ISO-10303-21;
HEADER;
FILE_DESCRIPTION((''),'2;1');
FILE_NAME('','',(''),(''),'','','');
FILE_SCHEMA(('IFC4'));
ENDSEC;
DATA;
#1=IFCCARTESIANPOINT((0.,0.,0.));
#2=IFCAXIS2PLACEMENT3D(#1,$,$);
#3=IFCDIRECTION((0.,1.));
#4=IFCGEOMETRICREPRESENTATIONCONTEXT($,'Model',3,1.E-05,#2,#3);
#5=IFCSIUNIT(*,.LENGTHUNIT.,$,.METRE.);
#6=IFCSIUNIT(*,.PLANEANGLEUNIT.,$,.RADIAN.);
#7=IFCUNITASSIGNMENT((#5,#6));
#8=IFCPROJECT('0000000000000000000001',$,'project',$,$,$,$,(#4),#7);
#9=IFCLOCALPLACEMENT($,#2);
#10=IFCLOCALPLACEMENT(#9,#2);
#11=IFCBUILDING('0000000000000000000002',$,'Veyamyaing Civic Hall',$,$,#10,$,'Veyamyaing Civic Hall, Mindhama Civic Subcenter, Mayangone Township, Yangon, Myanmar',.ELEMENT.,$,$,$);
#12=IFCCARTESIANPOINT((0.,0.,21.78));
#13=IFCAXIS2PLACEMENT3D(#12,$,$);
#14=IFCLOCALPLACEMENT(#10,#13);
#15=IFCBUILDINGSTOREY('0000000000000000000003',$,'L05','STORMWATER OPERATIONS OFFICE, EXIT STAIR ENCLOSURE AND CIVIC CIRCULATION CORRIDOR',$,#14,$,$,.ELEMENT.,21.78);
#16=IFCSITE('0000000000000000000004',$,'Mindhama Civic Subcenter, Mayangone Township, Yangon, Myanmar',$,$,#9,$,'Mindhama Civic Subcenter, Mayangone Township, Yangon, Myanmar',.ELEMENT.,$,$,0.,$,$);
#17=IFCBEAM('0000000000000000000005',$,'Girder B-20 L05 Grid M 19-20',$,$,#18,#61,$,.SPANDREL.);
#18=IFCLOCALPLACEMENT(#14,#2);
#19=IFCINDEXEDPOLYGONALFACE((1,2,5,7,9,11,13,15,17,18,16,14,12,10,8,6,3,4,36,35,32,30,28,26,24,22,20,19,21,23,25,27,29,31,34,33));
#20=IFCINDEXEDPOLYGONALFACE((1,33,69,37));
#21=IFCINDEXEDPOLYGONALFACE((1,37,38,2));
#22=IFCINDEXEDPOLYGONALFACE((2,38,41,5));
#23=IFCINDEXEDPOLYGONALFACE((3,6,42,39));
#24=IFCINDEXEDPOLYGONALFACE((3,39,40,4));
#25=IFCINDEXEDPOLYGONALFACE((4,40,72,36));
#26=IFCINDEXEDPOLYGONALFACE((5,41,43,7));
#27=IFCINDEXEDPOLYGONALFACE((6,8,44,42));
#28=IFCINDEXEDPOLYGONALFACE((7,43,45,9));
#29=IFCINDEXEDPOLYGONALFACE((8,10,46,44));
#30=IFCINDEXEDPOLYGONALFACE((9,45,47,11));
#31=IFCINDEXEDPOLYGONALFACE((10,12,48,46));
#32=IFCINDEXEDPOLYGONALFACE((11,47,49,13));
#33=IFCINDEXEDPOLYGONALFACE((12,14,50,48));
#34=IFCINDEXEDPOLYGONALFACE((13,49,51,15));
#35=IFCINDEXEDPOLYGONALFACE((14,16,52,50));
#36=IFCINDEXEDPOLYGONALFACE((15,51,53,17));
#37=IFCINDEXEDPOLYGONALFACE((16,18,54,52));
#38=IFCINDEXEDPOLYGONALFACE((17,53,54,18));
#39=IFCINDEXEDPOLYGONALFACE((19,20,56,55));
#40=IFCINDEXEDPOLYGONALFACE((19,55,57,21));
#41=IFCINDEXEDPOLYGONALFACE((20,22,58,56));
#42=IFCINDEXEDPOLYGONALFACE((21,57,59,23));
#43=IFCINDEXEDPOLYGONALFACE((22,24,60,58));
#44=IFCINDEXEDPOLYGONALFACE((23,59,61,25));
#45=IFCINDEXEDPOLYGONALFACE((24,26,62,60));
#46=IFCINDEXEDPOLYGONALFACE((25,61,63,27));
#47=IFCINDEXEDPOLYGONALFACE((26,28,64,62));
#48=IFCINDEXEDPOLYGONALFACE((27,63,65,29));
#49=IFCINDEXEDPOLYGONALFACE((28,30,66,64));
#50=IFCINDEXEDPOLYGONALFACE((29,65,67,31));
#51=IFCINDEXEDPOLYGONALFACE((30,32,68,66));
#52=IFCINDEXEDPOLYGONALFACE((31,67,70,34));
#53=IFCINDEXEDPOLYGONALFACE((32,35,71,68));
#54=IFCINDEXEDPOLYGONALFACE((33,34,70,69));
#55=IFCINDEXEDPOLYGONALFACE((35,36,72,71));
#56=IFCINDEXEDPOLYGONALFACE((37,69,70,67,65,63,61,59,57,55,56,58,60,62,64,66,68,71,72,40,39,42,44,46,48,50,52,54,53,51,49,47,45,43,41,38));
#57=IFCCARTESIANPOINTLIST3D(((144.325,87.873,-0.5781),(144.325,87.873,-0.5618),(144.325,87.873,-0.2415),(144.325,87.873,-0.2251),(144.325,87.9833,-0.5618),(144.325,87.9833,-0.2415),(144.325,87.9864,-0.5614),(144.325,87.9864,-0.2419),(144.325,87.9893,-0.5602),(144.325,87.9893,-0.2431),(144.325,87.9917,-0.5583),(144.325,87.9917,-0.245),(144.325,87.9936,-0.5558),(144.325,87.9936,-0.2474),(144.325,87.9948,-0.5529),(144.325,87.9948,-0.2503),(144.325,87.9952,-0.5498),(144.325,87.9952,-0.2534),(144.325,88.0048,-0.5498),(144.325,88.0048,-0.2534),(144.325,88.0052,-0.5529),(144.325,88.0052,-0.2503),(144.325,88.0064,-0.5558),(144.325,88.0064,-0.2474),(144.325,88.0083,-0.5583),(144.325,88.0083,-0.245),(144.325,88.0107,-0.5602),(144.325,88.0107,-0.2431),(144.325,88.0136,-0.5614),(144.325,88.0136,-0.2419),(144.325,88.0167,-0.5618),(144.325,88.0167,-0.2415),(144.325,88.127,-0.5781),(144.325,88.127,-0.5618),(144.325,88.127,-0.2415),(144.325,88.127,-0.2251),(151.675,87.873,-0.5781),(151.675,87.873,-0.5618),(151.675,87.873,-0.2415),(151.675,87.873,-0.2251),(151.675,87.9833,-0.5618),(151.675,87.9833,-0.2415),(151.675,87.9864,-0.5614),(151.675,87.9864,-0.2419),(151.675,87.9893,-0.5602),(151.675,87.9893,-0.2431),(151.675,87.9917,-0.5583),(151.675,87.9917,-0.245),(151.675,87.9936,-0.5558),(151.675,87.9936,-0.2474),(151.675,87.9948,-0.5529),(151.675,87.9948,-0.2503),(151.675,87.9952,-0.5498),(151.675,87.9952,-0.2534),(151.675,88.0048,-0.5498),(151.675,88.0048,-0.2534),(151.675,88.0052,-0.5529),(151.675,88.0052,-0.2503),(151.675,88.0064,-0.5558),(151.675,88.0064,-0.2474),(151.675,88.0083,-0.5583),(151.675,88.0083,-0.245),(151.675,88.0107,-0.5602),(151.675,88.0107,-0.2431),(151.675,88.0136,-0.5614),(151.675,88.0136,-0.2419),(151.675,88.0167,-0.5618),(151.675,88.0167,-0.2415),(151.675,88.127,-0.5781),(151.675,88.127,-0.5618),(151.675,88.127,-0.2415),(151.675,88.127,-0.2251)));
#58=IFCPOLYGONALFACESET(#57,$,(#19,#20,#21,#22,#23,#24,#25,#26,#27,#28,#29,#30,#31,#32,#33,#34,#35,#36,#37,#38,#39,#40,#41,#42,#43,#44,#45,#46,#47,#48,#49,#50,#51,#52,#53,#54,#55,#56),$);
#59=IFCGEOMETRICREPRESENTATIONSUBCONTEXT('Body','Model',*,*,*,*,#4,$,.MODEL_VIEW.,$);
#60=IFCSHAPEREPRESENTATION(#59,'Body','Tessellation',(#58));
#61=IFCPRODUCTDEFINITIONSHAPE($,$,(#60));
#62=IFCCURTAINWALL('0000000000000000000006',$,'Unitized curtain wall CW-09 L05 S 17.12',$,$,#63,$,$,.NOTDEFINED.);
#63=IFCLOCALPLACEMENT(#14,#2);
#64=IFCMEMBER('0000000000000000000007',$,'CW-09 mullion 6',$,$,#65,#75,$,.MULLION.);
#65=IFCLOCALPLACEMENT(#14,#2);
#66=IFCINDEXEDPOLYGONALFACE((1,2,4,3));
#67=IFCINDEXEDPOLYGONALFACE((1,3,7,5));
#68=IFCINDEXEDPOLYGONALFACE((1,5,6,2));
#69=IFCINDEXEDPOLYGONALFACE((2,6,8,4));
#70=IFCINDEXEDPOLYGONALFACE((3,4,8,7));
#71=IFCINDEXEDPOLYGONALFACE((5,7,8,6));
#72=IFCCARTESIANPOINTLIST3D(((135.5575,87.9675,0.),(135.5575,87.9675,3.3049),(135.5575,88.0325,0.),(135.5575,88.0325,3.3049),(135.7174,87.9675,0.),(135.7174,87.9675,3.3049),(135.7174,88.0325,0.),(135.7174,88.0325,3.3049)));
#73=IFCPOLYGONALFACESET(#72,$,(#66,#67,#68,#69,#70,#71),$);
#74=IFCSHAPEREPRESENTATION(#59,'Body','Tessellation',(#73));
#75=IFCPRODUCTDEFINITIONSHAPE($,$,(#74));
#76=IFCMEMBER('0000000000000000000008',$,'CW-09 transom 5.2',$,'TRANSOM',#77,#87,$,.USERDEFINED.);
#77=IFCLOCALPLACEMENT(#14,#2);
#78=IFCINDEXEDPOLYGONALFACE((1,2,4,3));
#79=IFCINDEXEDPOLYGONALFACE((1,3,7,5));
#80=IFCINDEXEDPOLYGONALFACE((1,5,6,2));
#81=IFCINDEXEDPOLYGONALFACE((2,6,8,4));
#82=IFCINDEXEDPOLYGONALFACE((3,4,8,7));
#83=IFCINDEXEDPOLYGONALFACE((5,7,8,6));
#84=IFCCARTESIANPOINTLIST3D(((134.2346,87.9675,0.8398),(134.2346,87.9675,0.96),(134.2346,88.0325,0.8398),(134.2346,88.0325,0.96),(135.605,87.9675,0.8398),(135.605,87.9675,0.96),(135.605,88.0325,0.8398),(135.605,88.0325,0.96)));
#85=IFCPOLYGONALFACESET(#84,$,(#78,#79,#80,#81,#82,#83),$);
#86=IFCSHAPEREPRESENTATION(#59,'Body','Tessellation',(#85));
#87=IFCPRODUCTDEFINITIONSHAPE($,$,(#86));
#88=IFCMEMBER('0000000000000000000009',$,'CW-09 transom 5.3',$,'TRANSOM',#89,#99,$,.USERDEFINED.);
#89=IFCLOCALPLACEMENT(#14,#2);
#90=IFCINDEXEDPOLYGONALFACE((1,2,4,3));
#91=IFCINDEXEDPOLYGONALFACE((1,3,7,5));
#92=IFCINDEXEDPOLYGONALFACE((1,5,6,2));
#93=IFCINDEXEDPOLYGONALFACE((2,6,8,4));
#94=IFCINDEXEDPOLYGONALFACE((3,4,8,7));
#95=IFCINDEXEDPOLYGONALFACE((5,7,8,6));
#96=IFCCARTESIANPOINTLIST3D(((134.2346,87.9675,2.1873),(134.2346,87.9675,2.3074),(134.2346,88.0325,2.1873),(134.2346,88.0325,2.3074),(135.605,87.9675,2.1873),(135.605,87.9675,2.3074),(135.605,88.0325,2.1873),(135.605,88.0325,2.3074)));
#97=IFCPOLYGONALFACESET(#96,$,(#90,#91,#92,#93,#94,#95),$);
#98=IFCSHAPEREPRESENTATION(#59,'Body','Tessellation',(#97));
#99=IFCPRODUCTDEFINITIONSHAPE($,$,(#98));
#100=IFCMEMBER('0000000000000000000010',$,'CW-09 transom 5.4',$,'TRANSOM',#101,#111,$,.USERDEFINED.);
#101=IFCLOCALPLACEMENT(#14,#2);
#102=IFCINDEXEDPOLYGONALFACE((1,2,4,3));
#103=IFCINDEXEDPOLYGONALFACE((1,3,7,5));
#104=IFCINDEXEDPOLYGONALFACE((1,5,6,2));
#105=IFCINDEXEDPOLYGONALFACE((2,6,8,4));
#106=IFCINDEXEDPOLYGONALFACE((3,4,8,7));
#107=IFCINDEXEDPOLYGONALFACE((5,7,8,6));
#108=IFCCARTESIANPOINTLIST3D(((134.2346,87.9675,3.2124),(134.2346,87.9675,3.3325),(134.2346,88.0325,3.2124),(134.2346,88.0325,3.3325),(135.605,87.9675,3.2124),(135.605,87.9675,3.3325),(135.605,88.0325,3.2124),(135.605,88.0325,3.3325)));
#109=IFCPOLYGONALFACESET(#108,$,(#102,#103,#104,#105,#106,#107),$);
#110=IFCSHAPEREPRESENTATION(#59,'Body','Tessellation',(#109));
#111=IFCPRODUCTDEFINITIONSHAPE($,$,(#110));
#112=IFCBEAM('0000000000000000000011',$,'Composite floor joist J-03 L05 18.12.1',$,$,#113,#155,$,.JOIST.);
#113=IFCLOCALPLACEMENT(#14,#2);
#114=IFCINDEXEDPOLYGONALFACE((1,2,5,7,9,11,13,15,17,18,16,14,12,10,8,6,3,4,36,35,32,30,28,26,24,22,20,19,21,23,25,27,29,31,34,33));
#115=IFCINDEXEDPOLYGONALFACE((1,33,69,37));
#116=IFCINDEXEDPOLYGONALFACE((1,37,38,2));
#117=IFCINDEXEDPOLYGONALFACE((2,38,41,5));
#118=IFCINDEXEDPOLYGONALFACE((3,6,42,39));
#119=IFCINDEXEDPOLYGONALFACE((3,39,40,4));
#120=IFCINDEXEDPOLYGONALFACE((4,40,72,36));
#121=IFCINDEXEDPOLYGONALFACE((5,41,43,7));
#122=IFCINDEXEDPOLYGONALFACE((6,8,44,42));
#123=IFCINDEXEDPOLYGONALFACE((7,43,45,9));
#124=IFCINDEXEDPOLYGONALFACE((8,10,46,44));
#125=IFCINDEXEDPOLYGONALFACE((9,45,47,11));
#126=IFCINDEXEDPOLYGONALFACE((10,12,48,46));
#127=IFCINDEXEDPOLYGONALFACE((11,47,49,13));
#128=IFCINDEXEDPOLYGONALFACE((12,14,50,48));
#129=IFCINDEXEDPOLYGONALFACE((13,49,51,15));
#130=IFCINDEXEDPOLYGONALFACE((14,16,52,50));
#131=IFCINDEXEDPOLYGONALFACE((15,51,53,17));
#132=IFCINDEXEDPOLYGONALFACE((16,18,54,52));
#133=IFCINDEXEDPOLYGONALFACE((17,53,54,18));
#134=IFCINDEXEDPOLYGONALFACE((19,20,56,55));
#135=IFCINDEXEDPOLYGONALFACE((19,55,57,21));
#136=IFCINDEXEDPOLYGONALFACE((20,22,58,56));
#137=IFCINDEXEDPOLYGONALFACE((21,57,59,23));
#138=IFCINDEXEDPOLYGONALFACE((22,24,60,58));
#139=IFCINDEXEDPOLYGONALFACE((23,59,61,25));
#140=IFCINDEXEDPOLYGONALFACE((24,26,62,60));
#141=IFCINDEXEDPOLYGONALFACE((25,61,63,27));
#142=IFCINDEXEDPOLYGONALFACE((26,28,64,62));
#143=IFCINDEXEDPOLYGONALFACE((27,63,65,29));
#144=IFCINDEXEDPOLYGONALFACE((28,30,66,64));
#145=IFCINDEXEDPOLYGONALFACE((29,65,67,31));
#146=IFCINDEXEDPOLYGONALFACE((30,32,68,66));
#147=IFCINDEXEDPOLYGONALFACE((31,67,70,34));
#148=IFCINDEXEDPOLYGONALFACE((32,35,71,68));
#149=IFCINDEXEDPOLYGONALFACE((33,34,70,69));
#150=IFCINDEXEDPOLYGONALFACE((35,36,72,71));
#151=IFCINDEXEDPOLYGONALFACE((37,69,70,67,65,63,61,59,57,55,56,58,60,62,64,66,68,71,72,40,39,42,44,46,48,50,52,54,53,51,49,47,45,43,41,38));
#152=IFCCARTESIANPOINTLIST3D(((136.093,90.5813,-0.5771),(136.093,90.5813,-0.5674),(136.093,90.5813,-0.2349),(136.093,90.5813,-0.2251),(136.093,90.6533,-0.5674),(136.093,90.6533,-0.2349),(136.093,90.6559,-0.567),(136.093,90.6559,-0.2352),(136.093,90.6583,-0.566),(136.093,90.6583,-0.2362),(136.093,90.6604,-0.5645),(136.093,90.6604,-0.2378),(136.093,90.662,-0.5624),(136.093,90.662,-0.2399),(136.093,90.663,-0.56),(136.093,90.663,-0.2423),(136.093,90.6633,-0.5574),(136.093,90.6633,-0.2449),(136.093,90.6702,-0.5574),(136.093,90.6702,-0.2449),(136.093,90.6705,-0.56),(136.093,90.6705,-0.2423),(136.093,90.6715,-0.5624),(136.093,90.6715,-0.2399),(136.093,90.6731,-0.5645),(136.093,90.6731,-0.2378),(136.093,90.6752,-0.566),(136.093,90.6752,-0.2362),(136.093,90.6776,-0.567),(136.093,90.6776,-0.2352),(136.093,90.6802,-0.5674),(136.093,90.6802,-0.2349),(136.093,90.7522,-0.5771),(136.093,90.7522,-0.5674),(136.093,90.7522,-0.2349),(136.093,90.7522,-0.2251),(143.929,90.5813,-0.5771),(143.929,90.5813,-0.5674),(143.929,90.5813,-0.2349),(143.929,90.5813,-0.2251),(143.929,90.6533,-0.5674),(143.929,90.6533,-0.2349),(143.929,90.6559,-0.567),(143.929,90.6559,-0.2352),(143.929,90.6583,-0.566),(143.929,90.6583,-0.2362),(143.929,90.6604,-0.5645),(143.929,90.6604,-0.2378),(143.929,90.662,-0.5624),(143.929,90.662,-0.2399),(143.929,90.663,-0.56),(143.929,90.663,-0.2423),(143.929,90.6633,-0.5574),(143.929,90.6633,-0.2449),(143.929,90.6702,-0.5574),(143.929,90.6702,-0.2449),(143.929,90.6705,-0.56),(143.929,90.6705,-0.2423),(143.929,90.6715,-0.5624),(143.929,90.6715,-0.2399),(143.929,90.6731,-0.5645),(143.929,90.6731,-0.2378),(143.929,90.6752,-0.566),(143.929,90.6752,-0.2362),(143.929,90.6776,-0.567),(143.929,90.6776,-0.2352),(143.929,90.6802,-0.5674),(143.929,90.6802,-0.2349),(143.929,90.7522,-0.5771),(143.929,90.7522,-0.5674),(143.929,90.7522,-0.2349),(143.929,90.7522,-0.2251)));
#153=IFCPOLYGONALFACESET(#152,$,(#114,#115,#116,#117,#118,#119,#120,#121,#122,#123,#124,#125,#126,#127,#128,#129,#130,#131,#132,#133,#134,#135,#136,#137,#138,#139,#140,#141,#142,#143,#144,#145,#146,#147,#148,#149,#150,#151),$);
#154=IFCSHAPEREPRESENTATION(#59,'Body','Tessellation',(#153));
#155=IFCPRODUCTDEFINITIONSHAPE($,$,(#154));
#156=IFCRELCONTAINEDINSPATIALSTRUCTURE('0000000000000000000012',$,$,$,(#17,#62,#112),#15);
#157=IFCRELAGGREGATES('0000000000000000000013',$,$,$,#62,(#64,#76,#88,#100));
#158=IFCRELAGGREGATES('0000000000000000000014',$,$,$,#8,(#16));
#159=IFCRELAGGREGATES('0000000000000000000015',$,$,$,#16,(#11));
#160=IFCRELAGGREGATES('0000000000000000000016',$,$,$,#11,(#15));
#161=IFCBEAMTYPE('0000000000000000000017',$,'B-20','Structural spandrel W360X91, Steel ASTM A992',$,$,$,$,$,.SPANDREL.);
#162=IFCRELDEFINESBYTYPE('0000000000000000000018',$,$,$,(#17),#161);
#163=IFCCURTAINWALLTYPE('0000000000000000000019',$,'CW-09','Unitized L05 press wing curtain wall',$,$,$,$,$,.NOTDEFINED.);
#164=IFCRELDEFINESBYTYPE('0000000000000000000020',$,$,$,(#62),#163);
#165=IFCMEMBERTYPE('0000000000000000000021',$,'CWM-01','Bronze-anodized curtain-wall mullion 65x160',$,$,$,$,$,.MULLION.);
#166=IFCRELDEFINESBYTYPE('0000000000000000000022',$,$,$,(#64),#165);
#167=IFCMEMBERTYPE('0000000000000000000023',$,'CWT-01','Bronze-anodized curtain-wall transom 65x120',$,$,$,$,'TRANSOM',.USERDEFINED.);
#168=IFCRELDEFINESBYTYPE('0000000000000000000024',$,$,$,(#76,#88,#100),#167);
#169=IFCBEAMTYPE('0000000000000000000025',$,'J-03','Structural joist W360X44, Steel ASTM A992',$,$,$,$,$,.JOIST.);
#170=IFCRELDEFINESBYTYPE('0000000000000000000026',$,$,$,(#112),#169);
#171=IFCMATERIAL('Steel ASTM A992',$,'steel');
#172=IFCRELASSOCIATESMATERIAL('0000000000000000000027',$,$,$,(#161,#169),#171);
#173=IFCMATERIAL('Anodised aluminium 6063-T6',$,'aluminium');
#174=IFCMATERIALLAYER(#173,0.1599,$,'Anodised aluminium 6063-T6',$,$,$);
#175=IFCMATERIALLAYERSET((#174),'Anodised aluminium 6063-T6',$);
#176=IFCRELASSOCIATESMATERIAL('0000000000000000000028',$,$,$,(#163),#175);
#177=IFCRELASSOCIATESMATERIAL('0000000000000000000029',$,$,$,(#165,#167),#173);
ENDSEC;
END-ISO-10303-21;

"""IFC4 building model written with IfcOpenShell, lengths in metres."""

from ifc_helpers import new_model, si_unit, direction, frame, origin, origin_2d, place, context, subcontext, project, spatial, rectangle, i_section, extrude, material, layer, layer_set, material_profile, profile_set, type_object, element, aggregate, save


model = new_model("IFC4")

# Units and contexts
model_context = context("Model", 3, precision=1e-05, world=origin(), true_north=direction((0.0, 1.0)))
body_context = subcontext(model_context, "Body", "Model", "MODEL_VIEW")
ifc_project = project(units=[si_unit("LENGTHUNIT", "METRE"), si_unit("PLANEANGLEUNIT", "RADIAN")], contexts=[model_context])

# Site, building, storey
site_placement = place(None, origin())
site = spatial("IfcSite", under=ifc_project, at=site_placement, Name="Mindhama Civic Subcenter, Mayangone Township, Yangon, Myanmar", LongName="Mindhama Civic Subcenter, Mayangone Township, Yangon, Myanmar", CompositionType="ELEMENT", RefElevation=0.0)
building_placement = place(site_placement, origin())
building = spatial("IfcBuilding", under=site, at=building_placement, Name="Veyamyaing Civic Hall", LongName="Veyamyaing Civic Hall, Mindhama Civic Subcenter, Mayangone Township, Yangon, Myanmar", CompositionType="ELEMENT")
storey_placement = place(building_placement, frame((0.0, 0.0, 21.78)))
storey = spatial("IfcBuildingStorey", under=building, at=storey_placement, Name="L05", Description="STORMWATER OPERATIONS OFFICE, EXIT STAIR ENCLOSURE AND CIVIC CIRCULATION CORRIDOR", CompositionType="ELEMENT", Elevation=21.78)

# Beam
ifc_material_1 = material(Name="Steel ASTM A992", Category="steel")
ifc_material_profile_1 = material_profile(ifc_material_1, i_section(OverallWidth=0.2539, OverallDepth=0.353, WebThickness=0.0095, FlangeThickness=0.0164, FilletRadius=0.012, at=origin_2d()), Name="W360X91")
ifc_profile_set_1 = profile_set([ifc_material_profile_1], Name="Steel ASTM A992")
beam_type_1 = type_object("IfcBeamType", Name="B-20", Description="Structural spandrel W360X91, Steel ASTM A992", PredefinedType="SPANDREL", material=ifc_profile_set_1)
beam_1_placement = place(storey_placement, frame((144.325, 88.0, -0.4016), z_axis=(1.0, 0.0, 0.0), x_axis=(0.0, 1.0, 0.0)))
element("IfcBeam", 1, at=beam_1_placement, inside=storey, type_object=beam_type_1, Name="Girder B-20 L05 Grid M 19-20", PredefinedType="SPANDREL", context=body_context, shape_type="SweptSolid", body=[
    extrude(i_section(OverallWidth=0.2539, OverallDepth=0.353, WebThickness=0.0095, FlangeThickness=0.0164, FilletRadius=0.012, at=origin_2d()), origin(), (0.0, 0.0, 1.0), 7.3501),
])

# Curtain wall, members
ifc_material_2 = material(Name="Anodised aluminium 6063-T6", Category="aluminium")
ifc_layer_1 = layer(ifc_material_2, 0.1599, Name="Anodised aluminium 6063-T6")
ifc_layer_set_1 = layer_set([ifc_layer_1], Name="Anodised aluminium 6063-T6")
curtain_wall_type = type_object("IfcCurtainWallType", Name="CW-09", Description="Unitized L05 press wing curtain wall", PredefinedType="NOTDEFINED", material=ifc_layer_set_1)
curtain_wall_placement = place(storey_placement, origin())
curtain_wall = element("IfcCurtainWall", 2, at=curtain_wall_placement, inside=storey, type_object=curtain_wall_type, Name="Unitized curtain wall CW-09 L05 S 17.12", PredefinedType="NOTDEFINED")
ifc_material_profile_2 = material_profile(ifc_material_2, rectangle(XDim=0.0649, YDim=0.1599, at=origin_2d()), Name="ALU-MUL-65X160")
ifc_profile_set_2 = profile_set([ifc_material_profile_2], Name="Anodised aluminium 6063-T6")
member_type_1 = type_object("IfcMemberType", Name="CWM-01", Description="Bronze-anodized curtain-wall mullion 65x160", PredefinedType="MULLION", material=ifc_profile_set_2)
member_1_placement = place(storey_placement, frame((135.6375, 88.0, 0.0), z_axis=(0.0, 0.0, 1.0), x_axis=(0.0, 1.0, 0.0)))
member_1 = element("IfcMember", 3, at=member_1_placement, type_object=member_type_1, Name="CW-09 mullion 6", PredefinedType="MULLION", context=body_context, shape_type="SweptSolid", body=[
    extrude(rectangle(XDim=0.0649, YDim=0.1599, at=origin_2d()), origin(), (0.0, 0.0, 1.0), 3.3049),
])
ifc_material_profile_3 = material_profile(ifc_material_2, rectangle(XDim=0.0649, YDim=0.1201, at=origin_2d()), Name="ALU-TRN-65X120")
ifc_profile_set_3 = profile_set([ifc_material_profile_3], Name="Anodised aluminium 6063-T6")
member_type_2 = type_object("IfcMemberType", Name="CWT-01", Description="Bronze-anodized curtain-wall transom 65x120", ElementType="TRANSOM", PredefinedType="USERDEFINED", material=ifc_profile_set_3)
member_2_placement = place(storey_placement, frame((134.2346, 88.0, 0.8999), z_axis=(1.0, 0.0, 0.0), x_axis=(0.0, 1.0, 0.0)))
member_2 = element("IfcMember", 4, at=member_2_placement, type_object=member_type_2, Name="CW-09 transom 5.2", ObjectType="TRANSOM", PredefinedType="USERDEFINED", context=body_context, shape_type="SweptSolid", body=[
    extrude(rectangle(XDim=0.0649, YDim=0.1201, at=origin_2d()), origin(), (0.0, 0.0, 1.0), 1.3704),
])
member_3_placement = place(storey_placement, frame((134.2346, 88.0, 2.2473), z_axis=(1.0, 0.0, 0.0), x_axis=(0.0, 1.0, 0.0)))
member_3 = element("IfcMember", 5, at=member_3_placement, type_object=member_type_2, Name="CW-09 transom 5.3", ObjectType="TRANSOM", PredefinedType="USERDEFINED", context=body_context, shape_type="SweptSolid", body=[
    extrude(rectangle(XDim=0.0649, YDim=0.1201, at=origin_2d()), origin(), (0.0, 0.0, 1.0), 1.3704),
])
member_4_placement = place(storey_placement, frame((134.2346, 88.0, 3.2725), z_axis=(1.0, 0.0, 0.0), x_axis=(0.0, 1.0, 0.0)))
member_4 = element("IfcMember", 6, at=member_4_placement, type_object=member_type_2, Name="CW-09 transom 5.4", ObjectType="TRANSOM", PredefinedType="USERDEFINED", context=body_context, shape_type="SweptSolid", body=[
    extrude(rectangle(XDim=0.0649, YDim=0.1201, at=origin_2d()), origin(), (0.0, 0.0, 1.0), 1.3704),
])

# Beam
ifc_material_profile_4 = material_profile(ifc_material_1, i_section(OverallWidth=0.1709, OverallDepth=0.3521, WebThickness=0.0068, FlangeThickness=0.0098, FilletRadius=0.01, at=origin_2d()), Name="W360X44")
ifc_profile_set_4 = profile_set([ifc_material_profile_4], Name="Steel ASTM A992")
beam_type_2 = type_object("IfcBeamType", Name="J-03", Description="Structural joist W360X44, Steel ASTM A992", PredefinedType="JOIST", material=ifc_profile_set_4)
for number, where, z_axis, x_axis, name in (
    (7, (136.093, 90.6667, -0.4011), (1.0, 0.0, 0.0), (0.0, 1.0, 0.0), "Composite floor joist J-03 L05 18.12.1"),
):
    element("IfcBeam", number, at=place(storey_placement, frame(where, z_axis=z_axis, x_axis=x_axis)), inside=storey, type_object=beam_type_2, Name=name, PredefinedType="JOIST", context=body_context, shape_type="SweptSolid", body=[
        extrude(i_section(OverallWidth=0.1709, OverallDepth=0.3521, WebThickness=0.0068, FlangeThickness=0.0098, FilletRadius=0.01, at=origin_2d()), origin(), (0.0, 0.0, 1.0), 7.8359),
    ])

aggregate(curtain_wall, [member_1, member_2, member_3, member_4])

save(model, "model.ifc")
